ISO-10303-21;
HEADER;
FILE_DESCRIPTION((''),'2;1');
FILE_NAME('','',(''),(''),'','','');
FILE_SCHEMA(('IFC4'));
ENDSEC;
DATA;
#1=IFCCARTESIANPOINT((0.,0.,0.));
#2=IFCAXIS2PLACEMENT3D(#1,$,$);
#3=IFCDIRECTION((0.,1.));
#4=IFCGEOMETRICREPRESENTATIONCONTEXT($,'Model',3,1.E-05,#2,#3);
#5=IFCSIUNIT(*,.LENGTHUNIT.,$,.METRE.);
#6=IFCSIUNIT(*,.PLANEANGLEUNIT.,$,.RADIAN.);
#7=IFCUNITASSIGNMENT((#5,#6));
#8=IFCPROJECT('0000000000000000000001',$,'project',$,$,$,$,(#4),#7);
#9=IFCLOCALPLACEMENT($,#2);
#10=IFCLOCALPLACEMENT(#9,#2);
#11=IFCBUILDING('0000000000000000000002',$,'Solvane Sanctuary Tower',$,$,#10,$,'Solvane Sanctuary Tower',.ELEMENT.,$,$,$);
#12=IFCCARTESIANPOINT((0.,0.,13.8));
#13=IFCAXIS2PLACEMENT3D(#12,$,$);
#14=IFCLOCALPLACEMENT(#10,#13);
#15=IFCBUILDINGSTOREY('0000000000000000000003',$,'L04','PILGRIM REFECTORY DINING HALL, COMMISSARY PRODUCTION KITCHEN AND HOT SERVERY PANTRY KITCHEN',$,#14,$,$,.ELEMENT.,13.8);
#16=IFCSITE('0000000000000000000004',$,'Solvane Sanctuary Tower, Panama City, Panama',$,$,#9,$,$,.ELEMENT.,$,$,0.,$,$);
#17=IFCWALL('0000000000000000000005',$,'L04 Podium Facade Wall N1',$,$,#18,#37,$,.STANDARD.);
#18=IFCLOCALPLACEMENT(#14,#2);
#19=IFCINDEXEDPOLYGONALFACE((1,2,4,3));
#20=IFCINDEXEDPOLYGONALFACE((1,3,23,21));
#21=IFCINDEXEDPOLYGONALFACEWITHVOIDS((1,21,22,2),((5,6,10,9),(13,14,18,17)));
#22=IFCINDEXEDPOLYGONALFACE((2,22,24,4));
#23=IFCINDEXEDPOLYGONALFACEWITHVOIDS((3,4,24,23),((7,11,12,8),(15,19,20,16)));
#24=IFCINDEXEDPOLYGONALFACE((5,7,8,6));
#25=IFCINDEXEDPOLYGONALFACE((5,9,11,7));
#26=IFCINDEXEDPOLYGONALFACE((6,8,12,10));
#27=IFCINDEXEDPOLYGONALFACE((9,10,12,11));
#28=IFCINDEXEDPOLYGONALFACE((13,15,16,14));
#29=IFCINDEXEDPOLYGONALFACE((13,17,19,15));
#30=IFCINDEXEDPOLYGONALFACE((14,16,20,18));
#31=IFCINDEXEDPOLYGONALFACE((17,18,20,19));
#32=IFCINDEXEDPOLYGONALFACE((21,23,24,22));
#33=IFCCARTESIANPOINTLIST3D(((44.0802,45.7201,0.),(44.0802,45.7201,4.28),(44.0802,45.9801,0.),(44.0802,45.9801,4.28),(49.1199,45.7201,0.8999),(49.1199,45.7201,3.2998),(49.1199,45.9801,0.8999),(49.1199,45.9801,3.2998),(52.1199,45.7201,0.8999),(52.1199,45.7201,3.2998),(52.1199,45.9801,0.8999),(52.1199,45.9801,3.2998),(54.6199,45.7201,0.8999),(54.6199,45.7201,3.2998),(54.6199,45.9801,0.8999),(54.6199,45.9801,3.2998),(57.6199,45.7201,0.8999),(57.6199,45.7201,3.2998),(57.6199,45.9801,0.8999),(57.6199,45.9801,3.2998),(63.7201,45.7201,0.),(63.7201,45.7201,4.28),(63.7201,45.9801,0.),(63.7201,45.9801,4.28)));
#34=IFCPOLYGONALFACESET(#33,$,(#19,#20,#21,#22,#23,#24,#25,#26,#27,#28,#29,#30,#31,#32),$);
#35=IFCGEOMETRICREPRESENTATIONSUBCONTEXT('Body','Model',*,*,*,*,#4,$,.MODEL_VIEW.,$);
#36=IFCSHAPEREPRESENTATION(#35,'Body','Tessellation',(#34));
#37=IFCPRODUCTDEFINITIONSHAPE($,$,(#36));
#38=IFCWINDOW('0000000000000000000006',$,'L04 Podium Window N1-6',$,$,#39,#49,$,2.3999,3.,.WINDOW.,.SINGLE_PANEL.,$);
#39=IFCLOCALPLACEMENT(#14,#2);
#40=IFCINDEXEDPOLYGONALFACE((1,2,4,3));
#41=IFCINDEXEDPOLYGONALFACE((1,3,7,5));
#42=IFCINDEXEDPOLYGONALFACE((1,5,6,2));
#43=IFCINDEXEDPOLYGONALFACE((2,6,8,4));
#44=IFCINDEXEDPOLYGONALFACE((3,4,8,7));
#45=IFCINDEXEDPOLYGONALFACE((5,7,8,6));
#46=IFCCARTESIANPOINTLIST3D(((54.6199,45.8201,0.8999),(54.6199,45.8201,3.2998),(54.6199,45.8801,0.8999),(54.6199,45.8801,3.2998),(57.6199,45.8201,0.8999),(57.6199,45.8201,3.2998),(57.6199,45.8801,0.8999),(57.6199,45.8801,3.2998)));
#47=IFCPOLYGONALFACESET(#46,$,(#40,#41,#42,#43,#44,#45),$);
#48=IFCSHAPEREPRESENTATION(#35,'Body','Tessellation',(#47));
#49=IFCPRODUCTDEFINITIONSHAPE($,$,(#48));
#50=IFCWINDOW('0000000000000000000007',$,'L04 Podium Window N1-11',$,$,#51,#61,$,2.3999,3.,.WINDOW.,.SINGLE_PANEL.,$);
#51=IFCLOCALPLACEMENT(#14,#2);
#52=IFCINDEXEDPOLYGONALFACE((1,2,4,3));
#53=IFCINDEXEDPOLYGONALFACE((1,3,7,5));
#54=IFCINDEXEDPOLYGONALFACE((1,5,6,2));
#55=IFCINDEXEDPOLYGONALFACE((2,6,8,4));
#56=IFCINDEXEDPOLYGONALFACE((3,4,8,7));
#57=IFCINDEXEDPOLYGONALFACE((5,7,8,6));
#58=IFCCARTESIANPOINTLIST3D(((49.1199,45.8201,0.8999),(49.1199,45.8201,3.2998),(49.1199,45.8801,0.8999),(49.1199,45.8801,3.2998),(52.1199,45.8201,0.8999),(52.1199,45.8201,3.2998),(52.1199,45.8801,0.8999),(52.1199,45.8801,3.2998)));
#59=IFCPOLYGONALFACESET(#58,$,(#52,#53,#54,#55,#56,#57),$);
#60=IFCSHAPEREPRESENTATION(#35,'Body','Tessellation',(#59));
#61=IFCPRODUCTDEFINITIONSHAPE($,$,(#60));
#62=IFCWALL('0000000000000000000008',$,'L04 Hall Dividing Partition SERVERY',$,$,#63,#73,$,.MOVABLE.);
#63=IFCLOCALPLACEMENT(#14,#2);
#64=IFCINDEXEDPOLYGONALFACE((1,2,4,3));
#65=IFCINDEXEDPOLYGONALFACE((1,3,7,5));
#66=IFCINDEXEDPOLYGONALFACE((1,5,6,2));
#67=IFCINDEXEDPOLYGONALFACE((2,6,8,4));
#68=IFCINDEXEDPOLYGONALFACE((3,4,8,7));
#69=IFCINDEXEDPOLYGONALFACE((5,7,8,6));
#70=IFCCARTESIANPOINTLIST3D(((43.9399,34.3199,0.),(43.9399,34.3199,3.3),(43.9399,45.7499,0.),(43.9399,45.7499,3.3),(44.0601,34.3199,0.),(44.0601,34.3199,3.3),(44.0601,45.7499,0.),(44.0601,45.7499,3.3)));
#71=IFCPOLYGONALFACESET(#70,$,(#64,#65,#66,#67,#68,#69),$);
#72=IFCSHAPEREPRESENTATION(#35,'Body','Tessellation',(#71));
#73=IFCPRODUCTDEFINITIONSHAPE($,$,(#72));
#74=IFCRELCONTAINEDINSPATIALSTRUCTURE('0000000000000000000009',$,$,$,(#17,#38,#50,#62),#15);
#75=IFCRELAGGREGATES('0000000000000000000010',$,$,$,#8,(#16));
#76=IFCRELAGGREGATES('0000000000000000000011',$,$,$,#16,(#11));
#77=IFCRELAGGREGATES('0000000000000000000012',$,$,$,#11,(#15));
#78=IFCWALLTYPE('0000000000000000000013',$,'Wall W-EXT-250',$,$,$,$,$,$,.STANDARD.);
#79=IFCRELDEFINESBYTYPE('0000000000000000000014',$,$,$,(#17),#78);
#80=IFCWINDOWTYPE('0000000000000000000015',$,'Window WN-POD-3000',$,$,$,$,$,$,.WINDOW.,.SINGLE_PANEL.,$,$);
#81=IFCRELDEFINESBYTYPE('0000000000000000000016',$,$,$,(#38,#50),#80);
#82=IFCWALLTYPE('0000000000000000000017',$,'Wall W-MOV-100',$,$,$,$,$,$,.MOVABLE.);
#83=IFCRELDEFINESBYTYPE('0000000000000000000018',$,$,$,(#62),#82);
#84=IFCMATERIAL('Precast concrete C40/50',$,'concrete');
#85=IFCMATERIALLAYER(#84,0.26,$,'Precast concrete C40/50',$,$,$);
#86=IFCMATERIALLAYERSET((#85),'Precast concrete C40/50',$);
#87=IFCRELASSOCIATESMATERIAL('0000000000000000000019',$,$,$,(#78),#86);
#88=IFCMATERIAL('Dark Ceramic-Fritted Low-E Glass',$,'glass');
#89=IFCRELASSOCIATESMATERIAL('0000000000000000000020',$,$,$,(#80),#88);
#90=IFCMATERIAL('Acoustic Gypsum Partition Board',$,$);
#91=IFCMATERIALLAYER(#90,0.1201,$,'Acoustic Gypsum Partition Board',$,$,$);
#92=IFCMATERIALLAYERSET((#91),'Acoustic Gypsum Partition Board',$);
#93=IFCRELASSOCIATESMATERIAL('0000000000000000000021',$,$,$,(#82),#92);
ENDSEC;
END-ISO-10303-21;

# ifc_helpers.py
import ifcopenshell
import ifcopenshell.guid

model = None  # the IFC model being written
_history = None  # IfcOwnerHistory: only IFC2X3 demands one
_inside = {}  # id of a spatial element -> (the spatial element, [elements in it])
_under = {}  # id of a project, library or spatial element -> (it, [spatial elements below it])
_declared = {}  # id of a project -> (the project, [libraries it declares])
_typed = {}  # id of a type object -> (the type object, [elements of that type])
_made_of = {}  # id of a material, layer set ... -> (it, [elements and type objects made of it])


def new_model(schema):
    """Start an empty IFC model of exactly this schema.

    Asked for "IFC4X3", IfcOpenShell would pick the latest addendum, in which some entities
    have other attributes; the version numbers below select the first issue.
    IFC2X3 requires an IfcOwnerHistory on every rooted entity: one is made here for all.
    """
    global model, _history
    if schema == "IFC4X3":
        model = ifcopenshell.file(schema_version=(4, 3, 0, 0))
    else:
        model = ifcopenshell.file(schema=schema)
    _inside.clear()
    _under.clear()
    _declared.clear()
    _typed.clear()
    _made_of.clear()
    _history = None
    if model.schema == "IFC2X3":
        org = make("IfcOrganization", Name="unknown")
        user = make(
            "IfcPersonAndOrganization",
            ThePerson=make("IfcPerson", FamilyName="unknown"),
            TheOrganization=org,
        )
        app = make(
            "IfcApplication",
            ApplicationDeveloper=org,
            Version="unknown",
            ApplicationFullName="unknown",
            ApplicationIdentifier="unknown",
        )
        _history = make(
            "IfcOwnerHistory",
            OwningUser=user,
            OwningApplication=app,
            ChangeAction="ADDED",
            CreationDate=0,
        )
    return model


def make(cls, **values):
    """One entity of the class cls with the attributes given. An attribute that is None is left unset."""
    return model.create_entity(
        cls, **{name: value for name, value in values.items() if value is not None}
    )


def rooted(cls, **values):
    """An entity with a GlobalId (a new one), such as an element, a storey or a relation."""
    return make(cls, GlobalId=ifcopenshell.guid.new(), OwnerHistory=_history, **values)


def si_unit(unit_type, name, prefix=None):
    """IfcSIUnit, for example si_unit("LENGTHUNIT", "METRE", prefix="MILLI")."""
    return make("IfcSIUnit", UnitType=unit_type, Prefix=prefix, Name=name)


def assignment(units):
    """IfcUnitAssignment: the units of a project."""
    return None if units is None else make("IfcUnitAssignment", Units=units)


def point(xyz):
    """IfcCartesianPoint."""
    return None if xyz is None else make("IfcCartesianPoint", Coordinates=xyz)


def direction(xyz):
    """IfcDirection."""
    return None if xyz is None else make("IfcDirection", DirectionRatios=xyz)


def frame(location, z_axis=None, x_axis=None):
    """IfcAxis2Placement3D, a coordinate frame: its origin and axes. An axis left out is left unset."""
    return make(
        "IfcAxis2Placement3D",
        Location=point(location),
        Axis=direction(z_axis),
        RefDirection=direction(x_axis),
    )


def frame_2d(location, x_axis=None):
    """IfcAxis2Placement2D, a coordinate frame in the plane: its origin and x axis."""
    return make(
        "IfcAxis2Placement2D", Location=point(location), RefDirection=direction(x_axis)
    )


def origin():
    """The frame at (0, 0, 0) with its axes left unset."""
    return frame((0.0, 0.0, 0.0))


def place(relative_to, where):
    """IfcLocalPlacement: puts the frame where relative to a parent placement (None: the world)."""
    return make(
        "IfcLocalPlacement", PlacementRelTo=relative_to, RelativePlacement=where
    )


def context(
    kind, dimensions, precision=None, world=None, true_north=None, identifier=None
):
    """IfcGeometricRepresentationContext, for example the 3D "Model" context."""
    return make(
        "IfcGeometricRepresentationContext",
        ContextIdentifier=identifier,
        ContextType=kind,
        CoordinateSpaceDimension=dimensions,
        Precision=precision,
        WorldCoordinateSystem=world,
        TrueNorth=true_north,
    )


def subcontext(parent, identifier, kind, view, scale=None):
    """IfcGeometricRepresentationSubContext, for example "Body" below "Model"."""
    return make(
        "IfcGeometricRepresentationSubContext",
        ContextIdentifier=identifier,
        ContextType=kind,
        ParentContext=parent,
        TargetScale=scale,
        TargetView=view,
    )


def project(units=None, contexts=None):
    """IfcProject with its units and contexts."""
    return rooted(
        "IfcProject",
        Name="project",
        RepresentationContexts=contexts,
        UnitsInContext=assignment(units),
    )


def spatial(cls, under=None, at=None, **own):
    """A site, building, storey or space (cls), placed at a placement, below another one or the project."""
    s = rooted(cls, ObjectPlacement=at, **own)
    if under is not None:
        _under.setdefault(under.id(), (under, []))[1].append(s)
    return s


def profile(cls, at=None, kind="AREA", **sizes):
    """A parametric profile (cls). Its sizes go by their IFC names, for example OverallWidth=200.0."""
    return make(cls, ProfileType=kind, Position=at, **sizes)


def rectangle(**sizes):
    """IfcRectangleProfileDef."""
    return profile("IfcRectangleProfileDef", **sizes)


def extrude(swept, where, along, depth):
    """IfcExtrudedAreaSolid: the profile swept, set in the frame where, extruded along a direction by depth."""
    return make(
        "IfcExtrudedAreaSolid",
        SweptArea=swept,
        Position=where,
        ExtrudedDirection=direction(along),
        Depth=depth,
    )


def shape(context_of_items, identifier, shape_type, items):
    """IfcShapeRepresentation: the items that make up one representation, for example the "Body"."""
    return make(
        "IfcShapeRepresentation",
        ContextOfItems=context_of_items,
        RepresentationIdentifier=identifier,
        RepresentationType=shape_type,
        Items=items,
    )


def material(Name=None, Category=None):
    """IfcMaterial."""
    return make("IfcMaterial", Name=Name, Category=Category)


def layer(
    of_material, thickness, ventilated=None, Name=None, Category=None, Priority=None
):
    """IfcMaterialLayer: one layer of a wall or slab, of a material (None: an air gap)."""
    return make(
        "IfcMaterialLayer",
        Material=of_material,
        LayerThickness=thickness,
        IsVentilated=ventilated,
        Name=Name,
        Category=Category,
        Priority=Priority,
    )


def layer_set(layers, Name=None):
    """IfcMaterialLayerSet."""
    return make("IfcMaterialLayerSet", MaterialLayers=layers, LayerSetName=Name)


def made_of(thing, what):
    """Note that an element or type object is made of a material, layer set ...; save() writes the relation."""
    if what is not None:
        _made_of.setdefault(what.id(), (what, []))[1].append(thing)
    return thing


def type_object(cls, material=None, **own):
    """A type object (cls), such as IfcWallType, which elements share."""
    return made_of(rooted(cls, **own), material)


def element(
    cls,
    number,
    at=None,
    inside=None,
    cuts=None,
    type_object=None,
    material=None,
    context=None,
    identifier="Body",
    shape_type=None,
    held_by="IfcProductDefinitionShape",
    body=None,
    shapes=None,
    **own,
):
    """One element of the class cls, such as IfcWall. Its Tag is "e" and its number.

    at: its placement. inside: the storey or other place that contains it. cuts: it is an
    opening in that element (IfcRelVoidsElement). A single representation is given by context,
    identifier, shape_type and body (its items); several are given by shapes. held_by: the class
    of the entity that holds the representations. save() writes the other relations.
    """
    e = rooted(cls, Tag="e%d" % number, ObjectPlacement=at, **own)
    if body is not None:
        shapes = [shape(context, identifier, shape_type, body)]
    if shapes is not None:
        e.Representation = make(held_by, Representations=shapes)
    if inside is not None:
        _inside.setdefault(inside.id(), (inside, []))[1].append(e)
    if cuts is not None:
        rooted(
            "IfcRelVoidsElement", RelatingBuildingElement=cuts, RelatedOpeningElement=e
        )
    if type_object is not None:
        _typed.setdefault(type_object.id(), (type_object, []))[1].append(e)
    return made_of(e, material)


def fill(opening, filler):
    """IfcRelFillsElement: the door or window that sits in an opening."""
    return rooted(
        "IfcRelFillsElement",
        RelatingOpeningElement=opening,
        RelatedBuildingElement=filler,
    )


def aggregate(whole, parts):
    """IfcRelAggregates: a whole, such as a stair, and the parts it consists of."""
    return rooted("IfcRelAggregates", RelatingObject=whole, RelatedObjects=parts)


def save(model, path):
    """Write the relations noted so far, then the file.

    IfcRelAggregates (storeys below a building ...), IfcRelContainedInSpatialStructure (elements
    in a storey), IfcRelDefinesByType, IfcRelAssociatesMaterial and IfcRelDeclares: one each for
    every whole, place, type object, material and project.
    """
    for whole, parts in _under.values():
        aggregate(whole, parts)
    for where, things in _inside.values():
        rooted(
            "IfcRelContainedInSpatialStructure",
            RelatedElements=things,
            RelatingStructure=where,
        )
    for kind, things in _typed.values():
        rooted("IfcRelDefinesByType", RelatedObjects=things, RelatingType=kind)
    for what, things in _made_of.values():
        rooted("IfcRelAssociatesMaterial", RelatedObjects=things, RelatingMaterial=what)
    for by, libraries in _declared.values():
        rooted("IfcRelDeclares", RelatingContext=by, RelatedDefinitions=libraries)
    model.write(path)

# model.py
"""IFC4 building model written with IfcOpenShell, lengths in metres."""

from ifc_helpers import new_model, si_unit, direction, frame, frame_2d, origin, place, context, subcontext, project, spatial, rectangle, extrude, material, layer, layer_set, type_object, element, fill, save


model = new_model("IFC4")

# Units and contexts
model_context = context("Model", 3, precision=1e-05, world=origin(), true_north=direction((0.0, 1.0)))
body_context = subcontext(model_context, "Body", "Model", "MODEL_VIEW")
ifc_project = project(units=[si_unit("LENGTHUNIT", "METRE"), si_unit("PLANEANGLEUNIT", "RADIAN")], contexts=[model_context])

# Site, building, storey
site_placement = place(None, origin())
site = spatial("IfcSite", under=ifc_project, at=site_placement, Name="Solvane Sanctuary Tower, Panama City, Panama", CompositionType="ELEMENT", RefElevation=0.0)
building_placement = place(site_placement, origin())
building = spatial("IfcBuilding", under=site, at=building_placement, Name="Solvane Sanctuary Tower", LongName="Solvane Sanctuary Tower", CompositionType="ELEMENT")
storey_placement = place(building_placement, frame((0.0, 0.0, 13.8)))
storey = spatial("IfcBuildingStorey", under=building, at=storey_placement, Name="L04", Description="PILGRIM REFECTORY DINING HALL, COMMISSARY PRODUCTION KITCHEN AND HOT SERVERY PANTRY KITCHEN", CompositionType="ELEMENT", Elevation=13.8)

# Shared definitions
ifc_material_1 = material(Name="Dark Ceramic-Fritted Low-E Glass", Category="glass")

# Shared definitions
ifc_material_2 = material(Name="Acoustic Gypsum Partition Board")

# Wall, openings, windows
ifc_material_3 = material(Name="Precast concrete C40/50", Category="concrete")
ifc_layer_1 = layer(ifc_material_3, 0.26, Name="Precast concrete C40/50")
ifc_layer_set_1 = layer_set([ifc_layer_1], Name="Precast concrete C40/50")
wall_type_1 = type_object("IfcWallType", Name="Wall W-EXT-250", PredefinedType="STANDARD", material=ifc_layer_set_1)
wall_1_placement = place(storey_placement, frame((63.72, 45.8501, 0.0), z_axis=(0.0, 0.0, 1.0), x_axis=(-1.0, 0.0, 0.0)))
wall_1 = element("IfcWall", 1, at=wall_1_placement, inside=storey, type_object=wall_type_1, Name="L04 Podium Facade Wall N1", PredefinedType="STANDARD", context=body_context, shape_type="SweptSolid", body=[
    extrude(rectangle(XDim=19.6399, YDim=0.26, at=frame_2d((9.8198, 0.0))), origin(), (0.0, 0.0, 1.0), 4.28),
])
opening_1_placement = place(wall_1_placement, frame((6.1001, 0.0, 0.8999)))
opening_1 = element("IfcOpeningElement", 2, at=opening_1_placement, cuts=wall_1, PredefinedType="OPENING", context=body_context, shape_type="SweptSolid", body=[
    extrude(rectangle(XDim=3.0, YDim=2.3999, at=frame_2d((1.5, 1.2))), frame((0.0, 0.1399, 0.0), z_axis=(0.0, -1.0, 0.0), x_axis=(1.0, 0.0, 0.0)), (0.0, 0.0, 1.0), 0.28),
])
opening_2_placement = place(wall_1_placement, frame((11.6001, 0.0, 0.8999)))
opening_2 = element("IfcOpeningElement", 3, at=opening_2_placement, cuts=wall_1, PredefinedType="OPENING", context=body_context, shape_type="SweptSolid", body=[
    extrude(rectangle(XDim=3.0, YDim=2.3999, at=frame_2d((1.5, 1.2))), frame((0.0, 0.1399, 0.0), z_axis=(0.0, -1.0, 0.0), x_axis=(1.0, 0.0, 0.0)), (0.0, 0.0, 1.0), 0.28),
])
window_type = type_object("IfcWindowType", Name="Window WN-POD-3000", PartitioningType="SINGLE_PANEL", PredefinedType="WINDOW", material=ifc_material_1)
window_1_placement = place(opening_1_placement, origin())
window_1 = element("IfcWindow", 4, at=window_1_placement, inside=storey, type_object=window_type, Name="L04 Podium Window N1-6", OverallHeight=2.3999, OverallWidth=3.0, PartitioningType="SINGLE_PANEL", PredefinedType="WINDOW", context=body_context, shape_type="SweptSolid", body=[
    extrude(rectangle(XDim=3.0, YDim=2.3999, at=frame_2d((1.5, 1.2))), frame((0.0, 0.03, 0.0), z_axis=(0.0, -1.0, 0.0), x_axis=(1.0, 0.0, 0.0)), (0.0, 0.0, 1.0), 0.0601),
])
fill(opening_1, window_1)
window_2_placement = place(opening_2_placement, origin())
window_2 = element("IfcWindow", 5, at=window_2_placement, inside=storey, type_object=window_type, Name="L04 Podium Window N1-11", OverallHeight=2.3999, OverallWidth=3.0, PartitioningType="SINGLE_PANEL", PredefinedType="WINDOW", context=body_context, shape_type="SweptSolid", body=[
    extrude(rectangle(XDim=3.0, YDim=2.3999, at=frame_2d((1.5, 1.2))), frame((0.0, 0.03, 0.0), z_axis=(0.0, -1.0, 0.0), x_axis=(1.0, 0.0, 0.0)), (0.0, 0.0, 1.0), 0.0601),
])
fill(opening_2, window_2)

# Wall
ifc_layer_2 = layer(ifc_material_2, 0.1201, Name="Acoustic Gypsum Partition Board")
ifc_layer_set_2 = layer_set([ifc_layer_2], Name="Acoustic Gypsum Partition Board")
wall_type_2 = type_object("IfcWallType", Name="Wall W-MOV-100", PredefinedType="MOVABLE", material=ifc_layer_set_2)
wall_2_placement = place(storey_placement, frame((44.0, 34.3201, 0.0), z_axis=(0.0, 0.0, 1.0), x_axis=(0.0, 1.0, 0.0)))
element("IfcWall", 6, at=wall_2_placement, inside=storey, type_object=wall_type_2, Name="L04 Hall Dividing Partition SERVERY", PredefinedType="MOVABLE", context=body_context, shape_type="SweptSolid", body=[
    extrude(rectangle(XDim=11.4299, YDim=0.1201, at=frame_2d((5.7148, 0.0))), origin(), (0.0, 0.0, 1.0), 3.3),
])

save(model, "model.ifc")
